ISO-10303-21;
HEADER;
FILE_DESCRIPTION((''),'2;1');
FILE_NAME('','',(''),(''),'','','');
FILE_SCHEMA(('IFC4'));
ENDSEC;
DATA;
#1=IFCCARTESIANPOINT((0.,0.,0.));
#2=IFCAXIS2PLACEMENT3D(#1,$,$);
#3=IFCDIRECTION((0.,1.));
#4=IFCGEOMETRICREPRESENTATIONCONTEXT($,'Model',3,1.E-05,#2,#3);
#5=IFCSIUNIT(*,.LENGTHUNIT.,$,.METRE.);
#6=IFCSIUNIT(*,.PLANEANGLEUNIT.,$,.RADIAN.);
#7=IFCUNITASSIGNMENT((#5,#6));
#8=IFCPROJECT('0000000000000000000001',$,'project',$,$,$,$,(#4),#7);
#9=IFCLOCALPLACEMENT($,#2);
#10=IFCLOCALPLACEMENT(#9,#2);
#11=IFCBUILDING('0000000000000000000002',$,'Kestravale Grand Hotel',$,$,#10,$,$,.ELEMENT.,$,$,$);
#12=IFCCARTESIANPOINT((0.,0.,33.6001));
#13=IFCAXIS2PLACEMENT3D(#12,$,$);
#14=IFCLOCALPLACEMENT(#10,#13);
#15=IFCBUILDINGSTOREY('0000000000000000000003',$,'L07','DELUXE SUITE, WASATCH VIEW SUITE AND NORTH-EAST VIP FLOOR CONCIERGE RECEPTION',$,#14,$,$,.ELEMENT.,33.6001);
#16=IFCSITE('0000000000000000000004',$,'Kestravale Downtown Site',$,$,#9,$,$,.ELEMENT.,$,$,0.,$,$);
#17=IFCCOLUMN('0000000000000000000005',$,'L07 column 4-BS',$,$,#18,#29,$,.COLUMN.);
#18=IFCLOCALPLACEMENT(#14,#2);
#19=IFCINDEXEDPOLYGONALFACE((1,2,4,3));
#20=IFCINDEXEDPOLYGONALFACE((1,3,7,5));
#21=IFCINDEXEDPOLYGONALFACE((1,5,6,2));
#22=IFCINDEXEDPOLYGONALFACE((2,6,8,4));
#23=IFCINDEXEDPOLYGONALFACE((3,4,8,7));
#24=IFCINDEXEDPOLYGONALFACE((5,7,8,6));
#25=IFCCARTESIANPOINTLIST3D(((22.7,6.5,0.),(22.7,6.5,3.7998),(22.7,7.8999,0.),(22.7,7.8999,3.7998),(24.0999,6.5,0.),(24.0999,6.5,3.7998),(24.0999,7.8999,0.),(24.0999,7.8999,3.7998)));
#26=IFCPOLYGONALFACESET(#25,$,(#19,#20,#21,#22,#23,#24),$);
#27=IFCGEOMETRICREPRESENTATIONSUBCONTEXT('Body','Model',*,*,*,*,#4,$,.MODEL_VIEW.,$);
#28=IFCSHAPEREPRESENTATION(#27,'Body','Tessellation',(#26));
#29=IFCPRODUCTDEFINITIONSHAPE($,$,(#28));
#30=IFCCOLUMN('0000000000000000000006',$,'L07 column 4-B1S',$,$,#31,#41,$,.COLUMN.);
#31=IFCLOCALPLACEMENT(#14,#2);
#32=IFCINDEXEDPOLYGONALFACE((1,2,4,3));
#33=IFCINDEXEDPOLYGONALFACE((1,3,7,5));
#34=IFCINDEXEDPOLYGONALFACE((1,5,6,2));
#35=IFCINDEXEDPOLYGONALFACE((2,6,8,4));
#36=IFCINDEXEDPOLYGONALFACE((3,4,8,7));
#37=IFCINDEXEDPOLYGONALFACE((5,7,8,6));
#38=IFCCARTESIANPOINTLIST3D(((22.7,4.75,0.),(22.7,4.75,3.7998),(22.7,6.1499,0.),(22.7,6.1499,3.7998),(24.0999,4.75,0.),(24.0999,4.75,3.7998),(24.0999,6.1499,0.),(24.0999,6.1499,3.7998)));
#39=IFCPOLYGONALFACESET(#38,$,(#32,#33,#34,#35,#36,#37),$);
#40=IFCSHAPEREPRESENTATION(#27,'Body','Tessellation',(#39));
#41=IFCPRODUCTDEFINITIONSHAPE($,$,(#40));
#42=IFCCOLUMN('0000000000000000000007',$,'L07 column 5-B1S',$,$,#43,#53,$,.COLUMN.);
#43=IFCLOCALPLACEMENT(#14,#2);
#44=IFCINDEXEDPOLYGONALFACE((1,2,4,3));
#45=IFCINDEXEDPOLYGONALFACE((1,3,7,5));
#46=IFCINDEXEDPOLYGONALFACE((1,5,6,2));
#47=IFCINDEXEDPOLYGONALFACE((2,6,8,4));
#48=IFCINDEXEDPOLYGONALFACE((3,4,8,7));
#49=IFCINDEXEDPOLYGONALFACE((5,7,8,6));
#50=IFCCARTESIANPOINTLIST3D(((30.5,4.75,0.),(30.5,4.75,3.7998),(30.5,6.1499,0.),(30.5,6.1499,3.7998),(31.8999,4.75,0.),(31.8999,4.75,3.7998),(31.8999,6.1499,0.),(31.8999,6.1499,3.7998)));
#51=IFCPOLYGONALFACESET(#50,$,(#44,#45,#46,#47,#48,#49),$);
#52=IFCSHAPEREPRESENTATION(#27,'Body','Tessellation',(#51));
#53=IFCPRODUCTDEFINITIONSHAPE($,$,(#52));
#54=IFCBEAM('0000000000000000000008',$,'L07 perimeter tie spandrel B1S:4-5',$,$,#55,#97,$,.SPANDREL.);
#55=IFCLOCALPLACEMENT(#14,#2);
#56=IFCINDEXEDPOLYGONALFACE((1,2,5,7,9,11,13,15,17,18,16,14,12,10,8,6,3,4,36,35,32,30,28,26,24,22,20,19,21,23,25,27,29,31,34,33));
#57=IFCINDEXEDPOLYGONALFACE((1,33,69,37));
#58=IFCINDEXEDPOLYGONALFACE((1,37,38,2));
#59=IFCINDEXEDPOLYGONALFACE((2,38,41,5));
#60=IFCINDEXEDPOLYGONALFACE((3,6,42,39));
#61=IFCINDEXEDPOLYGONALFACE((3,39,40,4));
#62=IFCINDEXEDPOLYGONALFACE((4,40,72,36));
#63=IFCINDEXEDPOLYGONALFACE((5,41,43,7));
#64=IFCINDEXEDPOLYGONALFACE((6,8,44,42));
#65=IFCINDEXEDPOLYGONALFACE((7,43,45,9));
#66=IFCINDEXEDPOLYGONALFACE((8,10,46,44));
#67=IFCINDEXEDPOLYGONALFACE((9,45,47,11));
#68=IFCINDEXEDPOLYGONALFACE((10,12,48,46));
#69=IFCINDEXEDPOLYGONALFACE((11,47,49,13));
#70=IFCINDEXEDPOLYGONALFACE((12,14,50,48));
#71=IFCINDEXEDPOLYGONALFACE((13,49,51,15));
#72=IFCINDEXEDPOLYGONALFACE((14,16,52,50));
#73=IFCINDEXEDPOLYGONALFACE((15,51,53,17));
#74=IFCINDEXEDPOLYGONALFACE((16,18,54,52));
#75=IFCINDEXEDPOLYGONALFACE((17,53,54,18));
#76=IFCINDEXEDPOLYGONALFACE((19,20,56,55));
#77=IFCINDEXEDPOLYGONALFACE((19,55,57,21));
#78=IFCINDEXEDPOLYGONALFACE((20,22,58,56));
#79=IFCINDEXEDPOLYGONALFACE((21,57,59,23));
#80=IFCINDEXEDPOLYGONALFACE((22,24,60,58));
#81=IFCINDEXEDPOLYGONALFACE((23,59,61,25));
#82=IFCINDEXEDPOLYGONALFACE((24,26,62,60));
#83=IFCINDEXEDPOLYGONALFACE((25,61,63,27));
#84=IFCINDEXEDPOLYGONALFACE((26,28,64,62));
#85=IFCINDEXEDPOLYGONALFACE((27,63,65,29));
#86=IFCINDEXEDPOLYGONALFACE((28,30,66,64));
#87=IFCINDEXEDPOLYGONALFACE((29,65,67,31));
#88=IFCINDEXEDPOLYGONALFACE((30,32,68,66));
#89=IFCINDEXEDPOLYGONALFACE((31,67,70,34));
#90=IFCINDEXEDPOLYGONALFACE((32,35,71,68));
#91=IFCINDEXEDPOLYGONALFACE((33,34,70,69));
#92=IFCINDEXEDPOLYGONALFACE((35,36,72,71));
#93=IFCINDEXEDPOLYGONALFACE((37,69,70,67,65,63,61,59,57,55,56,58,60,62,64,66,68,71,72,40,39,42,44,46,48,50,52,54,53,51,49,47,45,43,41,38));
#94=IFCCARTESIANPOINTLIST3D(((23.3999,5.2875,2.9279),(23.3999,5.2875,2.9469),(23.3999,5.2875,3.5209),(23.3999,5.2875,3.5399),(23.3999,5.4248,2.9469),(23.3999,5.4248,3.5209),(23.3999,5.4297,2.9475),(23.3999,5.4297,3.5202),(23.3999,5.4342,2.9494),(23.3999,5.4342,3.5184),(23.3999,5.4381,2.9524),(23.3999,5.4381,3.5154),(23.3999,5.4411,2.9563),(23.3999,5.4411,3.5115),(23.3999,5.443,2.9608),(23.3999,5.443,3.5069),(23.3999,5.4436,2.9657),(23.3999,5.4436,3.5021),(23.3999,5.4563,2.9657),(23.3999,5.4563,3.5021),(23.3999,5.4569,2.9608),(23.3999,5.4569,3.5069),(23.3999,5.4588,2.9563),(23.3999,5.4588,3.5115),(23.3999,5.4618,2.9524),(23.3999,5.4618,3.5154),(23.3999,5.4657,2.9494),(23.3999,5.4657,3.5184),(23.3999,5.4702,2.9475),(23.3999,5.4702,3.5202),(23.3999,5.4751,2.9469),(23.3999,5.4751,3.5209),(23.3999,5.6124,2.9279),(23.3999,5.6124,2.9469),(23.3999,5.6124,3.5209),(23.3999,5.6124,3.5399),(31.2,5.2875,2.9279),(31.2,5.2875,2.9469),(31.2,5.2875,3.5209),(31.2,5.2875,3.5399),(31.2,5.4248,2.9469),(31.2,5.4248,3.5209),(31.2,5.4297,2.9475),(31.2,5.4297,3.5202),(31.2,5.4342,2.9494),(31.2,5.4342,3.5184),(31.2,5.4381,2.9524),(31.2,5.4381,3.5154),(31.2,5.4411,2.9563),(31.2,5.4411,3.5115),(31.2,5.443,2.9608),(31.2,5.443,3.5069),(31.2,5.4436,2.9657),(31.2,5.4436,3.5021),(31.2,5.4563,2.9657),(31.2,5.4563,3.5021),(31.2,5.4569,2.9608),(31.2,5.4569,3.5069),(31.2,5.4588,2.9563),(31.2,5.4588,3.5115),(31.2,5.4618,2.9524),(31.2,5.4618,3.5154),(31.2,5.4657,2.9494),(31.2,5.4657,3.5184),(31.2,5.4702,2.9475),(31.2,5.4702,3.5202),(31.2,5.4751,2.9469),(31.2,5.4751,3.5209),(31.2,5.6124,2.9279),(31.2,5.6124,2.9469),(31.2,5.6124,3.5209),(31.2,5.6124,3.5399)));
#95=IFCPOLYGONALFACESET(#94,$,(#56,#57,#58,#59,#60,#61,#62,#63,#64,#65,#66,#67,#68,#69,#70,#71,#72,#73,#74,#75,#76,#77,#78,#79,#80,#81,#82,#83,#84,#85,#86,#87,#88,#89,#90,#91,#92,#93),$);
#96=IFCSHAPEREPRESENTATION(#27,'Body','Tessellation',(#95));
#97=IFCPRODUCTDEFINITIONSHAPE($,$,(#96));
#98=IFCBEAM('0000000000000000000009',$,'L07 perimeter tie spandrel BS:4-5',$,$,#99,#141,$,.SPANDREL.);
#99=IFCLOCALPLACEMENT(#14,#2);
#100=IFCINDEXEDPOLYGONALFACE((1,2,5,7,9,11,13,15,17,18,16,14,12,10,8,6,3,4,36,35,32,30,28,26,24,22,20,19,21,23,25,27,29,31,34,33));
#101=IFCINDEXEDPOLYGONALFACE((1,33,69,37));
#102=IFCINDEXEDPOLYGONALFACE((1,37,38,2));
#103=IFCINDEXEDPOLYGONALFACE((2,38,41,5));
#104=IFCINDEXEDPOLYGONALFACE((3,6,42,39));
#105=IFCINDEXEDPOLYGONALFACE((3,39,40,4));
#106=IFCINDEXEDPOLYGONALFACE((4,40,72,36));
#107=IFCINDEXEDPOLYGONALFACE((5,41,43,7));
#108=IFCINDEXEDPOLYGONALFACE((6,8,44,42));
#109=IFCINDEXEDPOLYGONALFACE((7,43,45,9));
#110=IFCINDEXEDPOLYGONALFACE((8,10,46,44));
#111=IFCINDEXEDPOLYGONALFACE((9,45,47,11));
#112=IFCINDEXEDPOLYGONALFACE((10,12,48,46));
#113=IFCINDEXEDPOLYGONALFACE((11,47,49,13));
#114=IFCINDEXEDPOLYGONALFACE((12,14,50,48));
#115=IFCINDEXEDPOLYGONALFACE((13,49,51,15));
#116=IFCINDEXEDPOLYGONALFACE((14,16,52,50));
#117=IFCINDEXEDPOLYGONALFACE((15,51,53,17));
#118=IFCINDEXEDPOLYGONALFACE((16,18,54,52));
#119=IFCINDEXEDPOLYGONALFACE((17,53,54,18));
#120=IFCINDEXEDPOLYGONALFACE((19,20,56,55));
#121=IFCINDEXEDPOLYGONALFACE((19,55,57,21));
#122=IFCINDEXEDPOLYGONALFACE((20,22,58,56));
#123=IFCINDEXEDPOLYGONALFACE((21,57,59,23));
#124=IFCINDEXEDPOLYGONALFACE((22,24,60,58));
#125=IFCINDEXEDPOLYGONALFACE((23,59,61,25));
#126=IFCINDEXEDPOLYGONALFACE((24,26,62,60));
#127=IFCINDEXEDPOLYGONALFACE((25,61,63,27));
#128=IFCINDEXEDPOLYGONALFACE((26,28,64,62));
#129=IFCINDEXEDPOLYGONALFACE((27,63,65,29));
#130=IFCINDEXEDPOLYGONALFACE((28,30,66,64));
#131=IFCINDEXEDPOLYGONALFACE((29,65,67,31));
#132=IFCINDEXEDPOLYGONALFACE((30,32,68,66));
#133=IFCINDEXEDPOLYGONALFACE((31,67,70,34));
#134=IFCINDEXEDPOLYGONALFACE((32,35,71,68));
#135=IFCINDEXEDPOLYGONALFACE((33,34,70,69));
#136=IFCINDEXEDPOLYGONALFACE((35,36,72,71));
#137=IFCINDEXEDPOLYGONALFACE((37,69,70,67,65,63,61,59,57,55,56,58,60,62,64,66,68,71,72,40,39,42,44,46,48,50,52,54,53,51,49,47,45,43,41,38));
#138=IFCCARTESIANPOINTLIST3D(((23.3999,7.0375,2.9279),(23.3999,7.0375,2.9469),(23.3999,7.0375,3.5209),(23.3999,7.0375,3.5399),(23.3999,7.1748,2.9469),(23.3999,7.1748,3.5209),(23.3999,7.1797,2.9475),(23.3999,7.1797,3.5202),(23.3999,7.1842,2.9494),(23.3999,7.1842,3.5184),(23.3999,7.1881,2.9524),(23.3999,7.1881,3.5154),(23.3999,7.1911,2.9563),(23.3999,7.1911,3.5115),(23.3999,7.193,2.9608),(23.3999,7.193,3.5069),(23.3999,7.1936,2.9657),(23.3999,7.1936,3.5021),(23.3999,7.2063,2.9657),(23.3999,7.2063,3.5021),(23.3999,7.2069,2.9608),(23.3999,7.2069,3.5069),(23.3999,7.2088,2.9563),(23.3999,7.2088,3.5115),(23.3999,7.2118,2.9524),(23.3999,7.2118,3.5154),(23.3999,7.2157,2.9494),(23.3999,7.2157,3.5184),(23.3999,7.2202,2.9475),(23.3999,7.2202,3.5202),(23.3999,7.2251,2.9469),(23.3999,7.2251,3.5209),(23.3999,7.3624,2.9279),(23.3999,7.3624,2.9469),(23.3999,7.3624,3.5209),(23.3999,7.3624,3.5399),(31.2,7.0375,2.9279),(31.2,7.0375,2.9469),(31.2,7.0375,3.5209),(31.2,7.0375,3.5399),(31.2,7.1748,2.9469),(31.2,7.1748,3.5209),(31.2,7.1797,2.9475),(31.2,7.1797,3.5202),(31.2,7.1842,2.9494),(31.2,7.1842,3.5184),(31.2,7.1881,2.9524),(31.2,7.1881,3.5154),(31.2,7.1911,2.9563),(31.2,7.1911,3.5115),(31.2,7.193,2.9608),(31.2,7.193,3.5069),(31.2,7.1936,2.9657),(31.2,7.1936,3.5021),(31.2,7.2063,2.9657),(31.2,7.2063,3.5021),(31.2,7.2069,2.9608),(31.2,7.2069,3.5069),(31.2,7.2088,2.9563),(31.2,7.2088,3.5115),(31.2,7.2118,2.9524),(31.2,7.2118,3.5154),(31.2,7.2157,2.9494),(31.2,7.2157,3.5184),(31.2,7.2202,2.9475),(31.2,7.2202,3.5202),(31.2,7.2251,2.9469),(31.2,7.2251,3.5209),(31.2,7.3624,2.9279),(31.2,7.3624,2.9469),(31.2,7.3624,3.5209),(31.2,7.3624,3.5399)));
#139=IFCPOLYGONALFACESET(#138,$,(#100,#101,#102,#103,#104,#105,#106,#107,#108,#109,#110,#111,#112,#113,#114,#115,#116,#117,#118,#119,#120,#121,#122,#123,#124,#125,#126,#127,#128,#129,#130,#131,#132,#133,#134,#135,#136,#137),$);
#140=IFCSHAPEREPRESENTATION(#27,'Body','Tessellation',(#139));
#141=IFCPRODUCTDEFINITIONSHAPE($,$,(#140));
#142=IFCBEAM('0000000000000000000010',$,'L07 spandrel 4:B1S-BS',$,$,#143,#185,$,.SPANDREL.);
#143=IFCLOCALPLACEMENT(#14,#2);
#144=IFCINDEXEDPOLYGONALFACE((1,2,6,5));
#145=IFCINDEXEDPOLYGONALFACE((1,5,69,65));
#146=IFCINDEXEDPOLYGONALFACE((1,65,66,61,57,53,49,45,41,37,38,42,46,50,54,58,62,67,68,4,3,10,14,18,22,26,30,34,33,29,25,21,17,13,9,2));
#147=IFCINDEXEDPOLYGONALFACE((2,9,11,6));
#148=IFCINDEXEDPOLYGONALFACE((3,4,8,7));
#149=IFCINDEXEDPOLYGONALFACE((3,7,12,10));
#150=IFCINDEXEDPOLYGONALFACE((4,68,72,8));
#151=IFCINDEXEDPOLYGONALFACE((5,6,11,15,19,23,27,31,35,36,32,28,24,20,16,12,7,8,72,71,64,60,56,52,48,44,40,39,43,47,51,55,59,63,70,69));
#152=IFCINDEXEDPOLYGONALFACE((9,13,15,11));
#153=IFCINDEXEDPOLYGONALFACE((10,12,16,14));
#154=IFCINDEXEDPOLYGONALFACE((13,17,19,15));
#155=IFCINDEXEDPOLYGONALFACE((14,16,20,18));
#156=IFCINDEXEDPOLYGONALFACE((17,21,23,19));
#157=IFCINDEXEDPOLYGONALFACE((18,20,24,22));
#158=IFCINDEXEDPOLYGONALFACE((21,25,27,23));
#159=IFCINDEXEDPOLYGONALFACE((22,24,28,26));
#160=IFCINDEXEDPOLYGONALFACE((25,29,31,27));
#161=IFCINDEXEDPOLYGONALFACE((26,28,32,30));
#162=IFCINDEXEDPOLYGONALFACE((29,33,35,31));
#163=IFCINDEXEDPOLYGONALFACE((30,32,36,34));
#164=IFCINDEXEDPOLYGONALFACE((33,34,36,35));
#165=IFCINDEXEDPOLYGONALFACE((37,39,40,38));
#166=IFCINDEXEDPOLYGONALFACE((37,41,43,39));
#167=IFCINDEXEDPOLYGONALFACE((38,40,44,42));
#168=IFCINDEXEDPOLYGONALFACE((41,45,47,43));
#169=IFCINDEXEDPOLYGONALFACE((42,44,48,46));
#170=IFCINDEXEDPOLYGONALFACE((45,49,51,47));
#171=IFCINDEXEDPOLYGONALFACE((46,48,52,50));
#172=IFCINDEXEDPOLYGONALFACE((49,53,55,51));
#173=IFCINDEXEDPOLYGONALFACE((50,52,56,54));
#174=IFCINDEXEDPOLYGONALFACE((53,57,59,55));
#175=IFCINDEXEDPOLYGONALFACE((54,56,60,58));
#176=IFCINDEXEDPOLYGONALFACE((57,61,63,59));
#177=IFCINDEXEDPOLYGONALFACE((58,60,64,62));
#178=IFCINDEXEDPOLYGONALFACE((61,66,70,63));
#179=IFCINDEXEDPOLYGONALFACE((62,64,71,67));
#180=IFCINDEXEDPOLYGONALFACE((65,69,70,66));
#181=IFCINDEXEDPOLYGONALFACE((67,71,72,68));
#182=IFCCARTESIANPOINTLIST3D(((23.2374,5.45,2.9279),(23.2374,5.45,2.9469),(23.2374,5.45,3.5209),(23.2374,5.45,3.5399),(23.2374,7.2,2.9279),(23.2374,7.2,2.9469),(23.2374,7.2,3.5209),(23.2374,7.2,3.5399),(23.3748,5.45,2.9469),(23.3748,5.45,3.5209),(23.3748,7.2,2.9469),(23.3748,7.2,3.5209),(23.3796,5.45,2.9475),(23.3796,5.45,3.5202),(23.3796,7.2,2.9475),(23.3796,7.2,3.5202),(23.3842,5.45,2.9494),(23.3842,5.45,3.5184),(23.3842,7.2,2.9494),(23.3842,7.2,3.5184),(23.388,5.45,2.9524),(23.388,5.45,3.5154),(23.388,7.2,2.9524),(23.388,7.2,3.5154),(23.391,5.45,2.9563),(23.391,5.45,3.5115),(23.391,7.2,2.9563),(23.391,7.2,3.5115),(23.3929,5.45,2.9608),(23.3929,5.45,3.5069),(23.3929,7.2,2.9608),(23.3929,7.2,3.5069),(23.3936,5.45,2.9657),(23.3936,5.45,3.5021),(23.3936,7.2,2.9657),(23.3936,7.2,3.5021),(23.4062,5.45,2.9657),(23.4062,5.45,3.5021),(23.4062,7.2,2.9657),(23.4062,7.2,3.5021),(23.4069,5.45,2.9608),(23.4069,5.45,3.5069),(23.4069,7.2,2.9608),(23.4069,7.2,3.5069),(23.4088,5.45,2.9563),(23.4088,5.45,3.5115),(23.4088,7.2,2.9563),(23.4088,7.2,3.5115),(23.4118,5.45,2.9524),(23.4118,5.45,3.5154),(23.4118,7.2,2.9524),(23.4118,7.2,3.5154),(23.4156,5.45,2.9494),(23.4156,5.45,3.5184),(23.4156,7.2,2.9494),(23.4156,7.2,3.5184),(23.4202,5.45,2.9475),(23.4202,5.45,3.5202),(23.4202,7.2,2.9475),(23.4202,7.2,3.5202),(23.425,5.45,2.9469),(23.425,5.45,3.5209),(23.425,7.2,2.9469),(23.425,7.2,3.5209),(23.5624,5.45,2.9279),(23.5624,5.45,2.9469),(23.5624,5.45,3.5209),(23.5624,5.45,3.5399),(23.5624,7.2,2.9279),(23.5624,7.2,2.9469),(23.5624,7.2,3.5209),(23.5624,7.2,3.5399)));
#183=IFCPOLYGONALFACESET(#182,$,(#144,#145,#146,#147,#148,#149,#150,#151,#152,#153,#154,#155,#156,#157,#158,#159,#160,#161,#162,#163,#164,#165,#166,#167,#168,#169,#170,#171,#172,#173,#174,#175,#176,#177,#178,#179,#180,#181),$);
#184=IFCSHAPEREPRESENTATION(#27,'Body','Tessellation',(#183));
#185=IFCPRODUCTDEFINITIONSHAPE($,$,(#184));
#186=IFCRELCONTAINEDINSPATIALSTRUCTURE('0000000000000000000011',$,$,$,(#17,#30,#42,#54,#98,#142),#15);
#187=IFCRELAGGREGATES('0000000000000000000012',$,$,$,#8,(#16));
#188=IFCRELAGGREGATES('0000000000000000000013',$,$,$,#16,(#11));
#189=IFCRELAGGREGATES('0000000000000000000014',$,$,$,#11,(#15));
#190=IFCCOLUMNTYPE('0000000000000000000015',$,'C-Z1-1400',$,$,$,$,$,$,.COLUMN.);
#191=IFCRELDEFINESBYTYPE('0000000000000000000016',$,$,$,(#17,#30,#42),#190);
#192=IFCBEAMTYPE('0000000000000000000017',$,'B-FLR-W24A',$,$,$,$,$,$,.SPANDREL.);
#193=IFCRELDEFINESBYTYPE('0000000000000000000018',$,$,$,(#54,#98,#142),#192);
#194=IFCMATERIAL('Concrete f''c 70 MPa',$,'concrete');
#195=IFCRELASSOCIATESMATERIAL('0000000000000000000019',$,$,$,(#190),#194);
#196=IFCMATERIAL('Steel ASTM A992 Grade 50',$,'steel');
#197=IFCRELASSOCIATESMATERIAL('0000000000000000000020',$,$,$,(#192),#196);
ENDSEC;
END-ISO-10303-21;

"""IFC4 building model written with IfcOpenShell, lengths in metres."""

from ifc_helpers import new_model, si_unit, direction, frame, origin, origin_2d, place, context, subcontext, project, spatial, rectangle, i_section, extrude, material, material_profile, profile_set, type_object, element, save


model = new_model("IFC4")

# Units and contexts
model_context = context("Model", 3, precision=1e-05, world=origin(), true_north=direction((0.0, 1.0)))
body_context = subcontext(model_context, "Body", "Model", "MODEL_VIEW")
ifc_project = project(units=[si_unit("LENGTHUNIT", "METRE"), si_unit("PLANEANGLEUNIT", "RADIAN")], contexts=[model_context])

# Site, building, storey
site_placement = place(None, origin())
site = spatial("IfcSite", under=ifc_project, at=site_placement, Name="Kestravale Downtown Site", CompositionType="ELEMENT", RefElevation=0.0)
building_placement = place(site_placement, origin())
building = spatial("IfcBuilding", under=site, at=building_placement, Name="Kestravale Grand Hotel", CompositionType="ELEMENT")
storey_placement = place(building_placement, frame((0.0, 0.0, 33.6001)))
storey = spatial("IfcBuildingStorey", under=building, at=storey_placement, Name="L07", Description="DELUXE SUITE, WASATCH VIEW SUITE AND NORTH-EAST VIP FLOOR CONCIERGE RECEPTION", CompositionType="ELEMENT", Elevation=33.6001)

# Columns
ifc_material_1 = material(Name="Concrete f'c 70 MPa", Category="concrete")
ifc_material_profile_1 = material_profile(ifc_material_1, rectangle(XDim=1.3999, YDim=1.3999, at=origin_2d()))
ifc_profile_set_1 = profile_set([ifc_material_profile_1], Name="Concrete f'c 70 MPa")
column_type = type_object("IfcColumnType", Name="C-Z1-1400", PredefinedType="COLUMN", material=ifc_profile_set_1)
for number, where, z_axis, x_axis, name in (
    (1, (23.3999, 7.2, 0.0), (0.0, 0.0, 1.0), (1.0, 0.0, 0.0), "L07 column 4-BS"),
    (2, (23.3999, 5.45, 0.0), (0.0, 0.0, 1.0), (1.0, 0.0, 0.0), "L07 column 4-B1S"),
    (3, (31.2, 5.45, 0.0), (0.0, 0.0, 1.0), (1.0, 0.0, 0.0), "L07 column 5-B1S"),
):
    element("IfcColumn", number, at=place(storey_placement, frame(where, z_axis=z_axis, x_axis=x_axis)), inside=storey, type_object=column_type, Name=name, PredefinedType="COLUMN", context=body_context, shape_type="SweptSolid", body=[
        extrude(rectangle(XDim=1.3999, YDim=1.3999, at=origin_2d()), origin(), (0.0, 0.0, 1.0), 3.7998),
    ])

# Beams
ifc_material_2 = material(Name="Steel ASTM A992 Grade 50", Category="steel")
ifc_material_profile_2 = material_profile(ifc_material_2, i_section(OverallWidth=0.325, OverallDepth=0.6121, WebThickness=0.0127, FlangeThickness=0.019, FilletRadius=0.0188, at=origin_2d()))
ifc_profile_set_2 = profile_set([ifc_material_profile_2], Name="Steel ASTM A992 Grade 50")
beam_type_1 = type_object("IfcBeamType", Name="B-FLR-W24A", PredefinedType="SPANDREL", material=ifc_profile_set_2)
for number, where, z_axis, x_axis, name in (
    (4, (23.3999, 5.45, 3.2339), (1.0, 0.0, 0.0), (0.0, 1.0, 0.0), "L07 perimeter tie spandrel B1S:4-5"),
    (5, (23.3999, 7.2, 3.2339), (1.0, 0.0, 0.0), (0.0, 1.0, 0.0), "L07 perimeter tie spandrel BS:4-5"),
):
    element("IfcBeam", number, at=place(storey_placement, frame(where, z_axis=z_axis, x_axis=x_axis)), inside=storey, type_object=beam_type_1, Name=name, PredefinedType="SPANDREL", context=body_context, shape_type="SweptSolid", body=[
        extrude(i_section(OverallWidth=0.325, OverallDepth=0.6121, WebThickness=0.0127, FlangeThickness=0.019, FilletRadius=0.0188, at=origin_2d()), origin(), (0.0, 0.0, 1.0), 7.8),
    ])
for number, where, z_axis, x_axis, name in (
    (6, (23.3999, 5.45, 3.2339), (0.0, 1.0, 0.0), (-1.0, 0.0, 0.0), "L07 spandrel 4:B1S-BS"),
):
    element("IfcBeam", number, at=place(storey_placement, frame(where, z_axis=z_axis, x_axis=x_axis)), inside=storey, type_object=beam_type_1, Name=name, PredefinedType="SPANDREL", context=body_context, shape_type="SweptSolid", body=[
        extrude(i_section(OverallWidth=0.325, OverallDepth=0.6121, WebThickness=0.0127, FlangeThickness=0.019, FilletRadius=0.0188, at=origin_2d()), origin(), (0.0, 0.0, 1.0), 1.75),
    ])

save(model, "model.ifc")
